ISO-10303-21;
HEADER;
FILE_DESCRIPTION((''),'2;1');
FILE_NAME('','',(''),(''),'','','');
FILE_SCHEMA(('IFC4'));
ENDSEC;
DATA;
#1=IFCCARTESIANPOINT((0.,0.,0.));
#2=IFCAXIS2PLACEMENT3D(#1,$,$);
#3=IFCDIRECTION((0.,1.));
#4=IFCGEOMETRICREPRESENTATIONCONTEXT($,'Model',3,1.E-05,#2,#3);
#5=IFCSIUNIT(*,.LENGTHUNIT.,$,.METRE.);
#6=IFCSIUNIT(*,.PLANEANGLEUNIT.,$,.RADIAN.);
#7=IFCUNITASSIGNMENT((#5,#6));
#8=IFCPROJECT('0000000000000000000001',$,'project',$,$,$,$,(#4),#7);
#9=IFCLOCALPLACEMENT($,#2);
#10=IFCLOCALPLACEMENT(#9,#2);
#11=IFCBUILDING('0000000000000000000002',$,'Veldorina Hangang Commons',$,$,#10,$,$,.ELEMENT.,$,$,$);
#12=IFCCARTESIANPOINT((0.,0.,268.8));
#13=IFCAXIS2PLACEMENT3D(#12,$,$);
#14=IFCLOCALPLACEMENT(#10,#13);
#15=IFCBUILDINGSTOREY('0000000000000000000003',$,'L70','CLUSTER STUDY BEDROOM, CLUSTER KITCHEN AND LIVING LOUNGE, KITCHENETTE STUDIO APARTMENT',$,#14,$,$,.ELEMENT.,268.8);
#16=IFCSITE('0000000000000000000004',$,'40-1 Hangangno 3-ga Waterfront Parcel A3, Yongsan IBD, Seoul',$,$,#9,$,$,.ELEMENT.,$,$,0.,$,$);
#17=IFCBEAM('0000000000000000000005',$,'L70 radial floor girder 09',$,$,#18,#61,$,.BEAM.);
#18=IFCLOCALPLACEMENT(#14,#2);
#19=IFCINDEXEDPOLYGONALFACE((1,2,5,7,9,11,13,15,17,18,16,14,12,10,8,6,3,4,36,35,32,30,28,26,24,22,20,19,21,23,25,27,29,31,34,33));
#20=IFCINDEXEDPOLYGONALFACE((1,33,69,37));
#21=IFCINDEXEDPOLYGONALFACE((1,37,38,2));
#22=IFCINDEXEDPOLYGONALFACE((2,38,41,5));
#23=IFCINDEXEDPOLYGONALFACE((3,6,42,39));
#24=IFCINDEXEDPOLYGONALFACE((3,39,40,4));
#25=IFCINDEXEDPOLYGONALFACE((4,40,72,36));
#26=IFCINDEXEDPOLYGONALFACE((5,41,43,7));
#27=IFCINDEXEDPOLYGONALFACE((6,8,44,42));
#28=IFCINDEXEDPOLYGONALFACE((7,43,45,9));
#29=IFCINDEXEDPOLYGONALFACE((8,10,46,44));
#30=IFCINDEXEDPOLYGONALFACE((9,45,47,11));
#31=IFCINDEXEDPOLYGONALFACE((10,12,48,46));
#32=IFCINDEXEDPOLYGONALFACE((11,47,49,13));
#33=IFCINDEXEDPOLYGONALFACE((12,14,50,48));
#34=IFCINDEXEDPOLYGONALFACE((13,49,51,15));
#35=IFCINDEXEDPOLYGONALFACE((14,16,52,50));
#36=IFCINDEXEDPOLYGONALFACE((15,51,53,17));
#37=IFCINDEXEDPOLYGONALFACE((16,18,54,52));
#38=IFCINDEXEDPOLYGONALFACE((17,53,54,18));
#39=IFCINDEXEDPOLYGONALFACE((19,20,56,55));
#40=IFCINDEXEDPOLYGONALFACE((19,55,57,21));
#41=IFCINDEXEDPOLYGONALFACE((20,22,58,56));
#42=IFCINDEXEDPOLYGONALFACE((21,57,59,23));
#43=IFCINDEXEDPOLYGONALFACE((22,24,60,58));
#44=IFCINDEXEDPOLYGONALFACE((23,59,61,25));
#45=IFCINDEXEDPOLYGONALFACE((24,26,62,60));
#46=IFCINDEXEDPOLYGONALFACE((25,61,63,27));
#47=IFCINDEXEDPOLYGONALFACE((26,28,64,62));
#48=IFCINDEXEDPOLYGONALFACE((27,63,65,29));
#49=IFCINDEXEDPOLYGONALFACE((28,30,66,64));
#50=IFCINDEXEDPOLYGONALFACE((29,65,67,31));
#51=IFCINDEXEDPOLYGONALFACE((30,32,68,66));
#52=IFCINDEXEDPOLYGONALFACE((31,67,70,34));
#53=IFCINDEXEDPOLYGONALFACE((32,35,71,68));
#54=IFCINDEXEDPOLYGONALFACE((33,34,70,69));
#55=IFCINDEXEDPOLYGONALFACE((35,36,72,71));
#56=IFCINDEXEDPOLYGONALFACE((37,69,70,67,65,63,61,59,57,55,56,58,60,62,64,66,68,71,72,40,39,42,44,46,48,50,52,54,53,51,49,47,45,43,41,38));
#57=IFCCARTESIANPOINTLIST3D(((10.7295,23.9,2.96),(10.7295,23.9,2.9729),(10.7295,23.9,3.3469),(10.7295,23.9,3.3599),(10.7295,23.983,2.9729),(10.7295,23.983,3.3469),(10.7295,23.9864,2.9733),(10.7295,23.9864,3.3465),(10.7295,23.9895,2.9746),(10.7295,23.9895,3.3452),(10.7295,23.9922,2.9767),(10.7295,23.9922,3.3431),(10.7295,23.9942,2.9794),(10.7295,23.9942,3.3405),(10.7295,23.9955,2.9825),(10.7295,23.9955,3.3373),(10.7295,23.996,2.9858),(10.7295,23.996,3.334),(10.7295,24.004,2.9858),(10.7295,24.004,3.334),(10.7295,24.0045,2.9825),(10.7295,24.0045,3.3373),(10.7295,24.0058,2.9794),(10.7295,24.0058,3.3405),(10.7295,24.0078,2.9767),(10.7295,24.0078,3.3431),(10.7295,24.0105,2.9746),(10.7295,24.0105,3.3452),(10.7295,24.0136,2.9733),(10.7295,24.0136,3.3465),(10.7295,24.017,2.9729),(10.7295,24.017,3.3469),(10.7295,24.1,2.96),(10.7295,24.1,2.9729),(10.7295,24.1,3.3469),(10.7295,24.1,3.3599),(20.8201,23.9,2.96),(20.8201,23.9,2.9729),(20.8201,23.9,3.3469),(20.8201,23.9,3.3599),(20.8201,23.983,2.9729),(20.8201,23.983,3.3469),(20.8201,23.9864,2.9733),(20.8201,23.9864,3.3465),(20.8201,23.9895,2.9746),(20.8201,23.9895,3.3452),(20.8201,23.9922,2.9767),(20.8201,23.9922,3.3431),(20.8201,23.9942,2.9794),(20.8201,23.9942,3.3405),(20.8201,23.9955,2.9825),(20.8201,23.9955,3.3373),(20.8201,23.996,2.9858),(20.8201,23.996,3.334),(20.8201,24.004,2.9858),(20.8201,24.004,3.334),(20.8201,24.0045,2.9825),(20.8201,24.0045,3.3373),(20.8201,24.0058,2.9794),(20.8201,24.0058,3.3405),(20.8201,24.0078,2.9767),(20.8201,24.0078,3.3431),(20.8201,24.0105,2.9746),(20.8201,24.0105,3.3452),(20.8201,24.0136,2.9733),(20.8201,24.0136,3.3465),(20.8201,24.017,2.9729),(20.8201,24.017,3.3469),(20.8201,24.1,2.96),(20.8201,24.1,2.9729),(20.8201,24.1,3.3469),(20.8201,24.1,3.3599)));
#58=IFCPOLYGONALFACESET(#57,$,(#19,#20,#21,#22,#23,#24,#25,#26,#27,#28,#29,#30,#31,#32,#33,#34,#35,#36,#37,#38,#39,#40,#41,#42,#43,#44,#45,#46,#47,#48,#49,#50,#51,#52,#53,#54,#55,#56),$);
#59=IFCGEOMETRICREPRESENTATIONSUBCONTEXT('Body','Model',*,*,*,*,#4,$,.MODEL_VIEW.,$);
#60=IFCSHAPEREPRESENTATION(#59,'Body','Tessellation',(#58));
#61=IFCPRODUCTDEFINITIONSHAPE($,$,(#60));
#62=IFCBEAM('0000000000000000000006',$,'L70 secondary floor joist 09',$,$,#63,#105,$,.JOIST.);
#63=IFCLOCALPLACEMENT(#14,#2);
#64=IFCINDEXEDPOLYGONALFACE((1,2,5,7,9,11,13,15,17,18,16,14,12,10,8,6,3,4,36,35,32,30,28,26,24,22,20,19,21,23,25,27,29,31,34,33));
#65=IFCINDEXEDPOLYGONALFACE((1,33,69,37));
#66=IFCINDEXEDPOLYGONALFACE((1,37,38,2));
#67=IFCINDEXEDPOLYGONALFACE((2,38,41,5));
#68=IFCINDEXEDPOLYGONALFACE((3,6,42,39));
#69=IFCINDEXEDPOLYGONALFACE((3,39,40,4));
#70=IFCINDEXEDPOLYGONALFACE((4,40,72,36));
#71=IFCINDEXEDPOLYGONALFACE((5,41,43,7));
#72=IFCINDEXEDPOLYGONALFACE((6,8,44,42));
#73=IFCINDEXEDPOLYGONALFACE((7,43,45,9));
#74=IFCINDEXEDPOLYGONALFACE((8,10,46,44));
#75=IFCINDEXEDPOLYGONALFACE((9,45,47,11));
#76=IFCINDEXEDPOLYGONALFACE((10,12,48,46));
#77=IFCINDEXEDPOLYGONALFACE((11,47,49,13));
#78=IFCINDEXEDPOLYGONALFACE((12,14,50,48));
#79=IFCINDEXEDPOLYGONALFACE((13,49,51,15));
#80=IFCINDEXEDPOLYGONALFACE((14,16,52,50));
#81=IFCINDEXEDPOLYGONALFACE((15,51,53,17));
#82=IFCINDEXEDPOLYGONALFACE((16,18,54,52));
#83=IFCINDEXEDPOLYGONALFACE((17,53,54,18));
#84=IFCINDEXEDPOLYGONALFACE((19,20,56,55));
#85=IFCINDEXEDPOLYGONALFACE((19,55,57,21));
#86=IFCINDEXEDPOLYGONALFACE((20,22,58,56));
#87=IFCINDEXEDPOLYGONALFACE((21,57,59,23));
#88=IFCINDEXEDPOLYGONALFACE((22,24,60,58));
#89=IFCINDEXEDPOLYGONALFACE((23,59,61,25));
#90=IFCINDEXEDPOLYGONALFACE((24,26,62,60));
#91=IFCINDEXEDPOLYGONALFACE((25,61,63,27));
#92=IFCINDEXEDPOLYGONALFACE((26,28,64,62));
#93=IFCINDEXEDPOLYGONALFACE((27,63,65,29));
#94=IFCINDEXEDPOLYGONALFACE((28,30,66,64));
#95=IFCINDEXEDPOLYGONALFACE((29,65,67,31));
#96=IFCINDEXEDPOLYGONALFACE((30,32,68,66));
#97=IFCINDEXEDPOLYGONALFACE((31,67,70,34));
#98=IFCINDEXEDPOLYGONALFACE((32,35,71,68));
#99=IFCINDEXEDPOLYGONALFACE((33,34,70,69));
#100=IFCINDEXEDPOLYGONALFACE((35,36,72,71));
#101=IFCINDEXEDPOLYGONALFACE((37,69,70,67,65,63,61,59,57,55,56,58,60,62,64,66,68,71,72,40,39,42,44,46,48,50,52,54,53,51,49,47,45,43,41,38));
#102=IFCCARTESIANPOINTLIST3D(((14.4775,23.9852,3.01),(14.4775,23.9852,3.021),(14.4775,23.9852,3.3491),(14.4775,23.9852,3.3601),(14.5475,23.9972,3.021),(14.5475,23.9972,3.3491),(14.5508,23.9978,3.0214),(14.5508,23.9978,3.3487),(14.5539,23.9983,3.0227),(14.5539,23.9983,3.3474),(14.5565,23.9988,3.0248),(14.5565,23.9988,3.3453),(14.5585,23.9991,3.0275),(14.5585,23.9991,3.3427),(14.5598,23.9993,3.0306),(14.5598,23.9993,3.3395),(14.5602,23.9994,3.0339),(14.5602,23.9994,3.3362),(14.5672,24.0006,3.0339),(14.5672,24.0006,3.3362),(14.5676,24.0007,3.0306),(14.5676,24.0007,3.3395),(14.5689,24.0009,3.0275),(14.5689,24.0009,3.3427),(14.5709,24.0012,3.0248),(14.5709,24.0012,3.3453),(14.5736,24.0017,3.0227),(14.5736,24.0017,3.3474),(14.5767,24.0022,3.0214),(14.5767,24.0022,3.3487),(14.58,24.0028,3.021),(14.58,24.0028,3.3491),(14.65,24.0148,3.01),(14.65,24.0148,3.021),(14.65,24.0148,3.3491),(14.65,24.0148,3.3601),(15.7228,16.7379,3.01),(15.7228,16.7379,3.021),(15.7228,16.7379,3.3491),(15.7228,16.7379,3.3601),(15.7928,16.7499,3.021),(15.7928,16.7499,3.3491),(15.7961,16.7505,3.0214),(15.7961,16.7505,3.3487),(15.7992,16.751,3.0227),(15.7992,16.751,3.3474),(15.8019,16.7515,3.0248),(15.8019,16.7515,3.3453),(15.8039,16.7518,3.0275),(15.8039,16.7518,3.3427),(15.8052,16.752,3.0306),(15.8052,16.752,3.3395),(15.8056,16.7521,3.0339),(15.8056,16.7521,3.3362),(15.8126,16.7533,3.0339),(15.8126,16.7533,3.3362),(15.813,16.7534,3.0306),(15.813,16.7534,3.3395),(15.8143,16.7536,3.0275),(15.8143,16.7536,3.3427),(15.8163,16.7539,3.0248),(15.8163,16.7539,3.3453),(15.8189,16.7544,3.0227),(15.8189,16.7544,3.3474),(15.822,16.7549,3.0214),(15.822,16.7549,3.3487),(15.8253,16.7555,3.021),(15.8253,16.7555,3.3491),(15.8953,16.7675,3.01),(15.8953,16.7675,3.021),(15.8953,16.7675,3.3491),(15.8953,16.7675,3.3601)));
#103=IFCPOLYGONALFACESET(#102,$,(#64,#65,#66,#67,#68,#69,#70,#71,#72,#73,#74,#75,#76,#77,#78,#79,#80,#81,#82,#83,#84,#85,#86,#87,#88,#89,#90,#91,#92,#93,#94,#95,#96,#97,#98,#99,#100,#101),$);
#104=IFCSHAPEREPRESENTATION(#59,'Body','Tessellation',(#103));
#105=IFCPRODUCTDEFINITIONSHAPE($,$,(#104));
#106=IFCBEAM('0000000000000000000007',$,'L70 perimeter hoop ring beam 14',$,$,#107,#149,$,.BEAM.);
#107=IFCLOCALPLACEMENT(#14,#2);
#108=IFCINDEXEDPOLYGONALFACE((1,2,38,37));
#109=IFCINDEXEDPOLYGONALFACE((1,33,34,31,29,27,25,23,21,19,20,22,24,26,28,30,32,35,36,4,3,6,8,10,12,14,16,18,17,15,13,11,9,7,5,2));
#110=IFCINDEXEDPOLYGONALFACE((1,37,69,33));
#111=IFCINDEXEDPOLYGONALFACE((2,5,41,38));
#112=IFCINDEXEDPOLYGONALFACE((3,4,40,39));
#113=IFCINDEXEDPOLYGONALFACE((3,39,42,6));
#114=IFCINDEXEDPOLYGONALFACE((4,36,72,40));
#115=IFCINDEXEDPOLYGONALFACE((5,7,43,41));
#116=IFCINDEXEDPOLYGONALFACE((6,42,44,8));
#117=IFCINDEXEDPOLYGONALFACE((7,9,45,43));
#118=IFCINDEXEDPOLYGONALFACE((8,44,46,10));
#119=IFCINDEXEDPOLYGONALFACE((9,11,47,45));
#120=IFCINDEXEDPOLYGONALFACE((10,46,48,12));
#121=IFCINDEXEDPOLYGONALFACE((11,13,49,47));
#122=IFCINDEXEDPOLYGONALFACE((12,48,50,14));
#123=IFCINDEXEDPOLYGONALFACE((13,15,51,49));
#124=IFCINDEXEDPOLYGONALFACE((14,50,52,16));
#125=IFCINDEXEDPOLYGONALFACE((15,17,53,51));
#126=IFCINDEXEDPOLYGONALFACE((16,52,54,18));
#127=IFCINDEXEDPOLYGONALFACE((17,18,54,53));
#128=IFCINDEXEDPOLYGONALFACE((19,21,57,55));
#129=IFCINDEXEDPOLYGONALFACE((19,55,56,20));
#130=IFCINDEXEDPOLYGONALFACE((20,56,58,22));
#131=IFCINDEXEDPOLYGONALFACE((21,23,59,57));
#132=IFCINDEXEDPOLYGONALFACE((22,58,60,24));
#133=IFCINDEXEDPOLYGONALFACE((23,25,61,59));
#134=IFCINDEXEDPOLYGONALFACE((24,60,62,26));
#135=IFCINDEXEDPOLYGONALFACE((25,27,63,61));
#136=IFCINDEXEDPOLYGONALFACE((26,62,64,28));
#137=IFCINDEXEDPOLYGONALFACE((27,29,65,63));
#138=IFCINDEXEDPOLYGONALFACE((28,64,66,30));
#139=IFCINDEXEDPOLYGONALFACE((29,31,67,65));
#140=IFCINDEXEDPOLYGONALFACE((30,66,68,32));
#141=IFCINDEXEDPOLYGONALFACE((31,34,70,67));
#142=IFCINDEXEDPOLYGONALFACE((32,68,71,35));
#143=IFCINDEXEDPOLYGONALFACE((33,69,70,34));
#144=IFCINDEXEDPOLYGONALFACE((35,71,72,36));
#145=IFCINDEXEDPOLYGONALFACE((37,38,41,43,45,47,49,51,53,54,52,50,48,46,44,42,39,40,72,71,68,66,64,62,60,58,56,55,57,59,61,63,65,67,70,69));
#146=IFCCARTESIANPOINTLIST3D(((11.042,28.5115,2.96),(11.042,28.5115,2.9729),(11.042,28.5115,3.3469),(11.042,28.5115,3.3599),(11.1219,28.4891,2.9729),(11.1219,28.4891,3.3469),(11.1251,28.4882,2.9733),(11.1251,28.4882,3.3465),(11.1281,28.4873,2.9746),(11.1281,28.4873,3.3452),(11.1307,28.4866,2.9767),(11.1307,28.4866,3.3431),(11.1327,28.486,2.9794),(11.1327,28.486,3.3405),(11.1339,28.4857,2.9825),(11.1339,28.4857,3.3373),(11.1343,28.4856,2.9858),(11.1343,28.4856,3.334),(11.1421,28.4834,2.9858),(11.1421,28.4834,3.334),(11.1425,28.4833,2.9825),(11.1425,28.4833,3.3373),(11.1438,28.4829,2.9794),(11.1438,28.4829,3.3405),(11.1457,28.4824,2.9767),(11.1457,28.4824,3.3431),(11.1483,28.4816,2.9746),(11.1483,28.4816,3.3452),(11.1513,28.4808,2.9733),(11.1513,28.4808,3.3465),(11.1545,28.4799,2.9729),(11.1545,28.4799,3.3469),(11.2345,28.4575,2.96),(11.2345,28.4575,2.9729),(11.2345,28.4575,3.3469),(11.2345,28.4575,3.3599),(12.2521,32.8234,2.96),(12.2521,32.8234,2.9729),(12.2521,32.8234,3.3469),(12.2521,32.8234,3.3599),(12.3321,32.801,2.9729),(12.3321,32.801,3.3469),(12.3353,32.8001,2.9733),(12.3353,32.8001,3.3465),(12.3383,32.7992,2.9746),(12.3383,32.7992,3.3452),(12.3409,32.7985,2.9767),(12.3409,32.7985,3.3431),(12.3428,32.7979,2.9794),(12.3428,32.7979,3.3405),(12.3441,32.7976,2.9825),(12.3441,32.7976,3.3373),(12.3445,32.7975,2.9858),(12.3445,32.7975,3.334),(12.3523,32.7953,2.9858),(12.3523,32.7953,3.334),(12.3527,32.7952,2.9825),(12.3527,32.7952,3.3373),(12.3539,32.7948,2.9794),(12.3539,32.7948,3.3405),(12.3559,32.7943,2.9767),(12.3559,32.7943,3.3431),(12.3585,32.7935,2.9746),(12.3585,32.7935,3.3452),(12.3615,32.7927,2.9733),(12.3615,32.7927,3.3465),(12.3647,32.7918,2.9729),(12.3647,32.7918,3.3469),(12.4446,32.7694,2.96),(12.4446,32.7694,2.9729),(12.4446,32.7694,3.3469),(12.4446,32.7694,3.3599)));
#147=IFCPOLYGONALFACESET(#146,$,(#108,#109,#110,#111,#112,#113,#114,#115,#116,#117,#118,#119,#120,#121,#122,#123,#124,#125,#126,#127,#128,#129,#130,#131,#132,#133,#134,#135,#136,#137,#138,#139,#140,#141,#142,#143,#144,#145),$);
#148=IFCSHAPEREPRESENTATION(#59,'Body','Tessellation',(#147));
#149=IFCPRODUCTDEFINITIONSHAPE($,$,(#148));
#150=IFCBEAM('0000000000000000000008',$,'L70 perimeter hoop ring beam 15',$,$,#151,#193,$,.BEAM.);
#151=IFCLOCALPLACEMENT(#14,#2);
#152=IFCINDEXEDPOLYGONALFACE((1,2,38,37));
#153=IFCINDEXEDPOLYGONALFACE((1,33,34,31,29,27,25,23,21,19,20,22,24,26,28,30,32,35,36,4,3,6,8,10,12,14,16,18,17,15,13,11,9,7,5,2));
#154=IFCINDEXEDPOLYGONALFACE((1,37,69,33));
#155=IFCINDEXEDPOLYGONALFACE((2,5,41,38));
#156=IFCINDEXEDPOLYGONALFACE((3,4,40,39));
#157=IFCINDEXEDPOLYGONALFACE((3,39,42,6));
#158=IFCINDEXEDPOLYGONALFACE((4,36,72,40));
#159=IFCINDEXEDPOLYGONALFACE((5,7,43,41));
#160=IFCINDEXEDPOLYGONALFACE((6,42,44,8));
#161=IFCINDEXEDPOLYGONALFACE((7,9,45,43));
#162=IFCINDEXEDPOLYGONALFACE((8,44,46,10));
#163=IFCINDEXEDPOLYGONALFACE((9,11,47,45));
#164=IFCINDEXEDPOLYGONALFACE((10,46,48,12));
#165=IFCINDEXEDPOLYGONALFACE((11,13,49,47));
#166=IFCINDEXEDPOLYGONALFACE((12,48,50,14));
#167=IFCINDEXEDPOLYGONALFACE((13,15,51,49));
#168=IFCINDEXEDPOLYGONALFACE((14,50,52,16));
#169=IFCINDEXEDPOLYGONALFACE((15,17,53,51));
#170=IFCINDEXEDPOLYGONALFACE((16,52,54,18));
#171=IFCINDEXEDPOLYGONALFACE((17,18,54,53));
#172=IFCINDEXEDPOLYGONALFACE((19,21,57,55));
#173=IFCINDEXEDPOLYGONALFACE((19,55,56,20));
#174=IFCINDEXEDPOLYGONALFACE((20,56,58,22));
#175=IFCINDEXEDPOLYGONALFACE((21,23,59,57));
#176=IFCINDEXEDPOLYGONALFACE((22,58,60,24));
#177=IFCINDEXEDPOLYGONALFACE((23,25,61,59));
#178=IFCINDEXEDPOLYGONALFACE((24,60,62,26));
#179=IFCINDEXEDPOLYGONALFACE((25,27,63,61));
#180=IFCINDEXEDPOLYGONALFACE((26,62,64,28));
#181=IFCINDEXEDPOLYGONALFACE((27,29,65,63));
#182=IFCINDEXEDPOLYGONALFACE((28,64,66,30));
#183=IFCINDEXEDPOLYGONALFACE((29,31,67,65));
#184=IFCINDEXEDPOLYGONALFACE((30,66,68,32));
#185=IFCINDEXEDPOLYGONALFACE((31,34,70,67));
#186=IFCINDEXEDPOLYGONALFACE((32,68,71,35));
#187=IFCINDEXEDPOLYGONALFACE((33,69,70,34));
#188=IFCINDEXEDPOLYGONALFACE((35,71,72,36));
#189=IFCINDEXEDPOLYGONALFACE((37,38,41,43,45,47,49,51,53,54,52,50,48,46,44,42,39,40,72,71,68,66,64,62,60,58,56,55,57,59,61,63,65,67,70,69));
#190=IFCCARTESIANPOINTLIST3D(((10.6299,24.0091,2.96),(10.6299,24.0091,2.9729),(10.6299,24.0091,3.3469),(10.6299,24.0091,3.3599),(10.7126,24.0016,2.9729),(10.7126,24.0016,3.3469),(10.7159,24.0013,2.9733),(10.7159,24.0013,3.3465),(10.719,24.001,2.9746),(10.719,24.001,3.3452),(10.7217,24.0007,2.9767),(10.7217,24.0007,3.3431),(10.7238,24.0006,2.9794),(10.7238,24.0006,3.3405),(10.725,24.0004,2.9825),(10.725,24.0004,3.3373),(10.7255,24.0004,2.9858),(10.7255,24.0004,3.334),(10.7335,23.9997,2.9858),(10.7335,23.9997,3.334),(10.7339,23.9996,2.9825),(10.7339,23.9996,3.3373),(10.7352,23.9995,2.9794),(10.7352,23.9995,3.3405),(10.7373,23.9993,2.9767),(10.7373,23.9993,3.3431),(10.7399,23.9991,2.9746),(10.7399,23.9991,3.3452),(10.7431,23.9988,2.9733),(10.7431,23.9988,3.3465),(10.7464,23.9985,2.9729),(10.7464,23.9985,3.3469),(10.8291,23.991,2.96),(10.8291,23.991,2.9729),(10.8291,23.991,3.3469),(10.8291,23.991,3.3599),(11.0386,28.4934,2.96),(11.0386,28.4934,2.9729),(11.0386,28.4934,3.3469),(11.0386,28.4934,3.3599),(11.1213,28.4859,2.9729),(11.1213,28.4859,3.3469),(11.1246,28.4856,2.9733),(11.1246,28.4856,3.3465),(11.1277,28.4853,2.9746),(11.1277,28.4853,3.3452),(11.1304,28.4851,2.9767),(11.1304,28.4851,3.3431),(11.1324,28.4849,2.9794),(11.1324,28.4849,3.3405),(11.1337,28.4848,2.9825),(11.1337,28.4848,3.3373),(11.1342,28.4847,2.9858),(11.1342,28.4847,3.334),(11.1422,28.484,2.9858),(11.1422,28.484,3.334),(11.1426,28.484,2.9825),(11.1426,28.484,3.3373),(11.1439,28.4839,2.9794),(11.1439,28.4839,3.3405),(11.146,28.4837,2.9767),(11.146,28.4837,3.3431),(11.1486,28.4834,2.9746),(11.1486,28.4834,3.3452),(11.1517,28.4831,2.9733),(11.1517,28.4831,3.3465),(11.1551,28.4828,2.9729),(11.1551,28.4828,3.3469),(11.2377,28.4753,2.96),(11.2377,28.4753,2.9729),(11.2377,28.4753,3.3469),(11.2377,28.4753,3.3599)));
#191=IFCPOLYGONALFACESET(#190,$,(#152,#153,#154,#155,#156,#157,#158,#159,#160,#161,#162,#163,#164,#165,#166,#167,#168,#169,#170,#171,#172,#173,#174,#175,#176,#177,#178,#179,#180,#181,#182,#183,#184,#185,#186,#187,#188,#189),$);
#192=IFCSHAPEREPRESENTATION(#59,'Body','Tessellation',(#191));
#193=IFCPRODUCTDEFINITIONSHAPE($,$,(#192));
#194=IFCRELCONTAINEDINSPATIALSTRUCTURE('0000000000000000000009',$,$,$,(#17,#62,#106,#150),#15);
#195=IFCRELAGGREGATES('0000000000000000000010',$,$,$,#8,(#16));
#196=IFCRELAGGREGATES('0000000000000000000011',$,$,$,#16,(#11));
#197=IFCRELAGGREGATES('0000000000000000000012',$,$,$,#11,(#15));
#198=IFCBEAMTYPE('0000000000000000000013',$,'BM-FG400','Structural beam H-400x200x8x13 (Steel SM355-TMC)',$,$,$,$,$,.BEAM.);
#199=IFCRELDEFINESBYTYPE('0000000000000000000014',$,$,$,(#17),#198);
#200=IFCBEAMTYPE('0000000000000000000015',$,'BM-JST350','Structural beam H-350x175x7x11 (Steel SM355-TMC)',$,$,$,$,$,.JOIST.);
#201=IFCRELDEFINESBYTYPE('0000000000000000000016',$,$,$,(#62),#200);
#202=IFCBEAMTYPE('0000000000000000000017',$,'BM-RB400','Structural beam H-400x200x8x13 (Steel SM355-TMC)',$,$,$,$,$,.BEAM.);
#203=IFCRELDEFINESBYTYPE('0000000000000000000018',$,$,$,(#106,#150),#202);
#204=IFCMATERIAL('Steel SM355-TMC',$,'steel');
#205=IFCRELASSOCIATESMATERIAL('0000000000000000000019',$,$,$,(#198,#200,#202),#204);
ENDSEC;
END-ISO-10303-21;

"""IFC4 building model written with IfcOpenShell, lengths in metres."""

from ifc_helpers import new_model, si_unit, direction, frame, origin, origin_2d, place, context, subcontext, project, spatial, i_section, extrude, material, material_profile, profile_set, type_object, element, save


model = new_model("IFC4")

# Units and contexts
model_context = context("Model", 3, precision=1e-05, world=origin(), true_north=direction((0.0, 1.0)))
body_context = subcontext(model_context, "Body", "Model", "MODEL_VIEW")
ifc_project = project(units=[si_unit("LENGTHUNIT", "METRE"), si_unit("PLANEANGLEUNIT", "RADIAN")], contexts=[model_context])

# Site, building, storey
site_placement = place(None, origin())
site = spatial("IfcSite", under=ifc_project, at=site_placement, Name="40-1 Hangangno 3-ga Waterfront Parcel A3, Yongsan IBD, Seoul", CompositionType="ELEMENT", RefElevation=0.0)
building_placement = place(site_placement, origin())
building = spatial("IfcBuilding", under=site, at=building_placement, Name="Veldorina Hangang Commons", CompositionType="ELEMENT")
storey_placement = place(building_placement, frame((0.0, 0.0, 268.8)))
storey = spatial("IfcBuildingStorey", under=building, at=storey_placement, Name="L70", Description="CLUSTER STUDY BEDROOM, CLUSTER KITCHEN AND LIVING LOUNGE, KITCHENETTE STUDIO APARTMENT", CompositionType="ELEMENT", Elevation=268.8)

# Beams
ifc_material_1 = material(Name="Steel SM355-TMC", Category="steel")
ifc_material_profile_1 = material_profile(ifc_material_1, i_section(OverallWidth=0.2, OverallDepth=0.3999, WebThickness=0.0081, FlangeThickness=0.0129, FilletRadius=0.0129, at=origin_2d()), Name="H-400x200x8x13")
ifc_profile_set_1 = profile_set([ifc_material_profile_1], Name="Steel SM355-TMC")
beam_type_1 = type_object("IfcBeamType", Name="BM-FG400", Description="Structural beam H-400x200x8x13 (Steel SM355-TMC)", PredefinedType="BEAM", material=ifc_profile_set_1)
beam_1_placement = place(storey_placement, frame((20.8201, 24.0, 3.1599), z_axis=(-1.0, 0.0, 0.0), x_axis=(0.0, -1.0, 0.0)))
element("IfcBeam", 1, at=beam_1_placement, inside=storey, type_object=beam_type_1, Name="L70 radial floor girder 09", PredefinedType="BEAM", context=body_context, shape_type="SweptSolid", body=[
    extrude(i_section(OverallWidth=0.2, OverallDepth=0.3999, WebThickness=0.0081, FlangeThickness=0.0129, FilletRadius=0.0129, at=origin_2d()), origin(), (0.0, 0.0, 1.0), 10.0906),
])
ifc_material_profile_2 = material_profile(ifc_material_1, i_section(OverallWidth=0.175, OverallDepth=0.3501, WebThickness=0.0071, FlangeThickness=0.011, FilletRadius=0.0129, at=origin_2d()), Name="H-350x175x7x11")
ifc_profile_set_2 = profile_set([ifc_material_profile_2], Name="Steel SM355-TMC")
beam_type_2 = type_object("IfcBeamType", Name="BM-JST350", Description="Structural beam H-350x175x7x11 (Steel SM355-TMC)", PredefinedType="JOIST", material=ifc_profile_set_2)
beam_2_placement = place(storey_placement, frame((14.5637, 24.0, 3.1851), z_axis=(0.169355, -0.985555, 0.0), x_axis=(0.985555, 0.169355, 0.0)))
element("IfcBeam", 2, at=beam_2_placement, inside=storey, type_object=beam_type_2, Name="L70 secondary floor joist 09", PredefinedType="JOIST", context=body_context, shape_type="SweptSolid", body=[
    extrude(i_section(OverallWidth=0.175, OverallDepth=0.3501, WebThickness=0.0071, FlangeThickness=0.011, FilletRadius=0.0129, at=origin_2d()), origin(), (0.0, 0.0, 1.0), 7.3535),
])
ifc_material_profile_3 = material_profile(ifc_material_1, i_section(OverallWidth=0.2, OverallDepth=0.3999, WebThickness=0.0081, FlangeThickness=0.0129, FilletRadius=0.0129, at=origin_2d()), Name="H-400x200x8x13")
ifc_profile_set_3 = profile_set([ifc_material_profile_3], Name="Steel SM355-TMC")
beam_type_3 = type_object("IfcBeamType", Name="BM-RB400", Description="Structural beam H-400x200x8x13 (Steel SM355-TMC)", PredefinedType="BEAM", material=ifc_profile_set_3)
beam_3_placement = place(storey_placement, frame((12.3484, 32.7964, 3.1599), z_axis=(-0.270218, -0.962799, 0.0), x_axis=(0.962799, -0.270218, 0.0)))
element("IfcBeam", 3, at=beam_3_placement, inside=storey, type_object=beam_type_3, Name="L70 perimeter hoop ring beam 14", PredefinedType="BEAM", context=body_context, shape_type="SweptSolid", body=[
    extrude(i_section(OverallWidth=0.2, OverallDepth=0.3999, WebThickness=0.0081, FlangeThickness=0.0129, FilletRadius=0.0129, at=origin_2d()), origin(), (0.0, 0.0, 1.0), 4.4785),
])
for number, where, z_axis, x_axis, name in (
    (4, (11.1382, 28.4844, 3.1599), (-0.090761, -0.995873, 0.0), (0.995873, -0.090761, 0.0), "L70 perimeter hoop ring beam 15"),
):
    element("IfcBeam", number, at=place(storey_placement, frame(where, z_axis=z_axis, x_axis=x_axis)), inside=storey, type_object=beam_type_3, Name=name, PredefinedType="BEAM", context=body_context, shape_type="SweptSolid", body=[
        extrude(i_section(OverallWidth=0.2, OverallDepth=0.3999, WebThickness=0.0081, FlangeThickness=0.0129, FilletRadius=0.0129, at=origin_2d()), origin(), (0.0, 0.0, 1.0), 4.5029),
    ])

save(model, "model.ifc")
